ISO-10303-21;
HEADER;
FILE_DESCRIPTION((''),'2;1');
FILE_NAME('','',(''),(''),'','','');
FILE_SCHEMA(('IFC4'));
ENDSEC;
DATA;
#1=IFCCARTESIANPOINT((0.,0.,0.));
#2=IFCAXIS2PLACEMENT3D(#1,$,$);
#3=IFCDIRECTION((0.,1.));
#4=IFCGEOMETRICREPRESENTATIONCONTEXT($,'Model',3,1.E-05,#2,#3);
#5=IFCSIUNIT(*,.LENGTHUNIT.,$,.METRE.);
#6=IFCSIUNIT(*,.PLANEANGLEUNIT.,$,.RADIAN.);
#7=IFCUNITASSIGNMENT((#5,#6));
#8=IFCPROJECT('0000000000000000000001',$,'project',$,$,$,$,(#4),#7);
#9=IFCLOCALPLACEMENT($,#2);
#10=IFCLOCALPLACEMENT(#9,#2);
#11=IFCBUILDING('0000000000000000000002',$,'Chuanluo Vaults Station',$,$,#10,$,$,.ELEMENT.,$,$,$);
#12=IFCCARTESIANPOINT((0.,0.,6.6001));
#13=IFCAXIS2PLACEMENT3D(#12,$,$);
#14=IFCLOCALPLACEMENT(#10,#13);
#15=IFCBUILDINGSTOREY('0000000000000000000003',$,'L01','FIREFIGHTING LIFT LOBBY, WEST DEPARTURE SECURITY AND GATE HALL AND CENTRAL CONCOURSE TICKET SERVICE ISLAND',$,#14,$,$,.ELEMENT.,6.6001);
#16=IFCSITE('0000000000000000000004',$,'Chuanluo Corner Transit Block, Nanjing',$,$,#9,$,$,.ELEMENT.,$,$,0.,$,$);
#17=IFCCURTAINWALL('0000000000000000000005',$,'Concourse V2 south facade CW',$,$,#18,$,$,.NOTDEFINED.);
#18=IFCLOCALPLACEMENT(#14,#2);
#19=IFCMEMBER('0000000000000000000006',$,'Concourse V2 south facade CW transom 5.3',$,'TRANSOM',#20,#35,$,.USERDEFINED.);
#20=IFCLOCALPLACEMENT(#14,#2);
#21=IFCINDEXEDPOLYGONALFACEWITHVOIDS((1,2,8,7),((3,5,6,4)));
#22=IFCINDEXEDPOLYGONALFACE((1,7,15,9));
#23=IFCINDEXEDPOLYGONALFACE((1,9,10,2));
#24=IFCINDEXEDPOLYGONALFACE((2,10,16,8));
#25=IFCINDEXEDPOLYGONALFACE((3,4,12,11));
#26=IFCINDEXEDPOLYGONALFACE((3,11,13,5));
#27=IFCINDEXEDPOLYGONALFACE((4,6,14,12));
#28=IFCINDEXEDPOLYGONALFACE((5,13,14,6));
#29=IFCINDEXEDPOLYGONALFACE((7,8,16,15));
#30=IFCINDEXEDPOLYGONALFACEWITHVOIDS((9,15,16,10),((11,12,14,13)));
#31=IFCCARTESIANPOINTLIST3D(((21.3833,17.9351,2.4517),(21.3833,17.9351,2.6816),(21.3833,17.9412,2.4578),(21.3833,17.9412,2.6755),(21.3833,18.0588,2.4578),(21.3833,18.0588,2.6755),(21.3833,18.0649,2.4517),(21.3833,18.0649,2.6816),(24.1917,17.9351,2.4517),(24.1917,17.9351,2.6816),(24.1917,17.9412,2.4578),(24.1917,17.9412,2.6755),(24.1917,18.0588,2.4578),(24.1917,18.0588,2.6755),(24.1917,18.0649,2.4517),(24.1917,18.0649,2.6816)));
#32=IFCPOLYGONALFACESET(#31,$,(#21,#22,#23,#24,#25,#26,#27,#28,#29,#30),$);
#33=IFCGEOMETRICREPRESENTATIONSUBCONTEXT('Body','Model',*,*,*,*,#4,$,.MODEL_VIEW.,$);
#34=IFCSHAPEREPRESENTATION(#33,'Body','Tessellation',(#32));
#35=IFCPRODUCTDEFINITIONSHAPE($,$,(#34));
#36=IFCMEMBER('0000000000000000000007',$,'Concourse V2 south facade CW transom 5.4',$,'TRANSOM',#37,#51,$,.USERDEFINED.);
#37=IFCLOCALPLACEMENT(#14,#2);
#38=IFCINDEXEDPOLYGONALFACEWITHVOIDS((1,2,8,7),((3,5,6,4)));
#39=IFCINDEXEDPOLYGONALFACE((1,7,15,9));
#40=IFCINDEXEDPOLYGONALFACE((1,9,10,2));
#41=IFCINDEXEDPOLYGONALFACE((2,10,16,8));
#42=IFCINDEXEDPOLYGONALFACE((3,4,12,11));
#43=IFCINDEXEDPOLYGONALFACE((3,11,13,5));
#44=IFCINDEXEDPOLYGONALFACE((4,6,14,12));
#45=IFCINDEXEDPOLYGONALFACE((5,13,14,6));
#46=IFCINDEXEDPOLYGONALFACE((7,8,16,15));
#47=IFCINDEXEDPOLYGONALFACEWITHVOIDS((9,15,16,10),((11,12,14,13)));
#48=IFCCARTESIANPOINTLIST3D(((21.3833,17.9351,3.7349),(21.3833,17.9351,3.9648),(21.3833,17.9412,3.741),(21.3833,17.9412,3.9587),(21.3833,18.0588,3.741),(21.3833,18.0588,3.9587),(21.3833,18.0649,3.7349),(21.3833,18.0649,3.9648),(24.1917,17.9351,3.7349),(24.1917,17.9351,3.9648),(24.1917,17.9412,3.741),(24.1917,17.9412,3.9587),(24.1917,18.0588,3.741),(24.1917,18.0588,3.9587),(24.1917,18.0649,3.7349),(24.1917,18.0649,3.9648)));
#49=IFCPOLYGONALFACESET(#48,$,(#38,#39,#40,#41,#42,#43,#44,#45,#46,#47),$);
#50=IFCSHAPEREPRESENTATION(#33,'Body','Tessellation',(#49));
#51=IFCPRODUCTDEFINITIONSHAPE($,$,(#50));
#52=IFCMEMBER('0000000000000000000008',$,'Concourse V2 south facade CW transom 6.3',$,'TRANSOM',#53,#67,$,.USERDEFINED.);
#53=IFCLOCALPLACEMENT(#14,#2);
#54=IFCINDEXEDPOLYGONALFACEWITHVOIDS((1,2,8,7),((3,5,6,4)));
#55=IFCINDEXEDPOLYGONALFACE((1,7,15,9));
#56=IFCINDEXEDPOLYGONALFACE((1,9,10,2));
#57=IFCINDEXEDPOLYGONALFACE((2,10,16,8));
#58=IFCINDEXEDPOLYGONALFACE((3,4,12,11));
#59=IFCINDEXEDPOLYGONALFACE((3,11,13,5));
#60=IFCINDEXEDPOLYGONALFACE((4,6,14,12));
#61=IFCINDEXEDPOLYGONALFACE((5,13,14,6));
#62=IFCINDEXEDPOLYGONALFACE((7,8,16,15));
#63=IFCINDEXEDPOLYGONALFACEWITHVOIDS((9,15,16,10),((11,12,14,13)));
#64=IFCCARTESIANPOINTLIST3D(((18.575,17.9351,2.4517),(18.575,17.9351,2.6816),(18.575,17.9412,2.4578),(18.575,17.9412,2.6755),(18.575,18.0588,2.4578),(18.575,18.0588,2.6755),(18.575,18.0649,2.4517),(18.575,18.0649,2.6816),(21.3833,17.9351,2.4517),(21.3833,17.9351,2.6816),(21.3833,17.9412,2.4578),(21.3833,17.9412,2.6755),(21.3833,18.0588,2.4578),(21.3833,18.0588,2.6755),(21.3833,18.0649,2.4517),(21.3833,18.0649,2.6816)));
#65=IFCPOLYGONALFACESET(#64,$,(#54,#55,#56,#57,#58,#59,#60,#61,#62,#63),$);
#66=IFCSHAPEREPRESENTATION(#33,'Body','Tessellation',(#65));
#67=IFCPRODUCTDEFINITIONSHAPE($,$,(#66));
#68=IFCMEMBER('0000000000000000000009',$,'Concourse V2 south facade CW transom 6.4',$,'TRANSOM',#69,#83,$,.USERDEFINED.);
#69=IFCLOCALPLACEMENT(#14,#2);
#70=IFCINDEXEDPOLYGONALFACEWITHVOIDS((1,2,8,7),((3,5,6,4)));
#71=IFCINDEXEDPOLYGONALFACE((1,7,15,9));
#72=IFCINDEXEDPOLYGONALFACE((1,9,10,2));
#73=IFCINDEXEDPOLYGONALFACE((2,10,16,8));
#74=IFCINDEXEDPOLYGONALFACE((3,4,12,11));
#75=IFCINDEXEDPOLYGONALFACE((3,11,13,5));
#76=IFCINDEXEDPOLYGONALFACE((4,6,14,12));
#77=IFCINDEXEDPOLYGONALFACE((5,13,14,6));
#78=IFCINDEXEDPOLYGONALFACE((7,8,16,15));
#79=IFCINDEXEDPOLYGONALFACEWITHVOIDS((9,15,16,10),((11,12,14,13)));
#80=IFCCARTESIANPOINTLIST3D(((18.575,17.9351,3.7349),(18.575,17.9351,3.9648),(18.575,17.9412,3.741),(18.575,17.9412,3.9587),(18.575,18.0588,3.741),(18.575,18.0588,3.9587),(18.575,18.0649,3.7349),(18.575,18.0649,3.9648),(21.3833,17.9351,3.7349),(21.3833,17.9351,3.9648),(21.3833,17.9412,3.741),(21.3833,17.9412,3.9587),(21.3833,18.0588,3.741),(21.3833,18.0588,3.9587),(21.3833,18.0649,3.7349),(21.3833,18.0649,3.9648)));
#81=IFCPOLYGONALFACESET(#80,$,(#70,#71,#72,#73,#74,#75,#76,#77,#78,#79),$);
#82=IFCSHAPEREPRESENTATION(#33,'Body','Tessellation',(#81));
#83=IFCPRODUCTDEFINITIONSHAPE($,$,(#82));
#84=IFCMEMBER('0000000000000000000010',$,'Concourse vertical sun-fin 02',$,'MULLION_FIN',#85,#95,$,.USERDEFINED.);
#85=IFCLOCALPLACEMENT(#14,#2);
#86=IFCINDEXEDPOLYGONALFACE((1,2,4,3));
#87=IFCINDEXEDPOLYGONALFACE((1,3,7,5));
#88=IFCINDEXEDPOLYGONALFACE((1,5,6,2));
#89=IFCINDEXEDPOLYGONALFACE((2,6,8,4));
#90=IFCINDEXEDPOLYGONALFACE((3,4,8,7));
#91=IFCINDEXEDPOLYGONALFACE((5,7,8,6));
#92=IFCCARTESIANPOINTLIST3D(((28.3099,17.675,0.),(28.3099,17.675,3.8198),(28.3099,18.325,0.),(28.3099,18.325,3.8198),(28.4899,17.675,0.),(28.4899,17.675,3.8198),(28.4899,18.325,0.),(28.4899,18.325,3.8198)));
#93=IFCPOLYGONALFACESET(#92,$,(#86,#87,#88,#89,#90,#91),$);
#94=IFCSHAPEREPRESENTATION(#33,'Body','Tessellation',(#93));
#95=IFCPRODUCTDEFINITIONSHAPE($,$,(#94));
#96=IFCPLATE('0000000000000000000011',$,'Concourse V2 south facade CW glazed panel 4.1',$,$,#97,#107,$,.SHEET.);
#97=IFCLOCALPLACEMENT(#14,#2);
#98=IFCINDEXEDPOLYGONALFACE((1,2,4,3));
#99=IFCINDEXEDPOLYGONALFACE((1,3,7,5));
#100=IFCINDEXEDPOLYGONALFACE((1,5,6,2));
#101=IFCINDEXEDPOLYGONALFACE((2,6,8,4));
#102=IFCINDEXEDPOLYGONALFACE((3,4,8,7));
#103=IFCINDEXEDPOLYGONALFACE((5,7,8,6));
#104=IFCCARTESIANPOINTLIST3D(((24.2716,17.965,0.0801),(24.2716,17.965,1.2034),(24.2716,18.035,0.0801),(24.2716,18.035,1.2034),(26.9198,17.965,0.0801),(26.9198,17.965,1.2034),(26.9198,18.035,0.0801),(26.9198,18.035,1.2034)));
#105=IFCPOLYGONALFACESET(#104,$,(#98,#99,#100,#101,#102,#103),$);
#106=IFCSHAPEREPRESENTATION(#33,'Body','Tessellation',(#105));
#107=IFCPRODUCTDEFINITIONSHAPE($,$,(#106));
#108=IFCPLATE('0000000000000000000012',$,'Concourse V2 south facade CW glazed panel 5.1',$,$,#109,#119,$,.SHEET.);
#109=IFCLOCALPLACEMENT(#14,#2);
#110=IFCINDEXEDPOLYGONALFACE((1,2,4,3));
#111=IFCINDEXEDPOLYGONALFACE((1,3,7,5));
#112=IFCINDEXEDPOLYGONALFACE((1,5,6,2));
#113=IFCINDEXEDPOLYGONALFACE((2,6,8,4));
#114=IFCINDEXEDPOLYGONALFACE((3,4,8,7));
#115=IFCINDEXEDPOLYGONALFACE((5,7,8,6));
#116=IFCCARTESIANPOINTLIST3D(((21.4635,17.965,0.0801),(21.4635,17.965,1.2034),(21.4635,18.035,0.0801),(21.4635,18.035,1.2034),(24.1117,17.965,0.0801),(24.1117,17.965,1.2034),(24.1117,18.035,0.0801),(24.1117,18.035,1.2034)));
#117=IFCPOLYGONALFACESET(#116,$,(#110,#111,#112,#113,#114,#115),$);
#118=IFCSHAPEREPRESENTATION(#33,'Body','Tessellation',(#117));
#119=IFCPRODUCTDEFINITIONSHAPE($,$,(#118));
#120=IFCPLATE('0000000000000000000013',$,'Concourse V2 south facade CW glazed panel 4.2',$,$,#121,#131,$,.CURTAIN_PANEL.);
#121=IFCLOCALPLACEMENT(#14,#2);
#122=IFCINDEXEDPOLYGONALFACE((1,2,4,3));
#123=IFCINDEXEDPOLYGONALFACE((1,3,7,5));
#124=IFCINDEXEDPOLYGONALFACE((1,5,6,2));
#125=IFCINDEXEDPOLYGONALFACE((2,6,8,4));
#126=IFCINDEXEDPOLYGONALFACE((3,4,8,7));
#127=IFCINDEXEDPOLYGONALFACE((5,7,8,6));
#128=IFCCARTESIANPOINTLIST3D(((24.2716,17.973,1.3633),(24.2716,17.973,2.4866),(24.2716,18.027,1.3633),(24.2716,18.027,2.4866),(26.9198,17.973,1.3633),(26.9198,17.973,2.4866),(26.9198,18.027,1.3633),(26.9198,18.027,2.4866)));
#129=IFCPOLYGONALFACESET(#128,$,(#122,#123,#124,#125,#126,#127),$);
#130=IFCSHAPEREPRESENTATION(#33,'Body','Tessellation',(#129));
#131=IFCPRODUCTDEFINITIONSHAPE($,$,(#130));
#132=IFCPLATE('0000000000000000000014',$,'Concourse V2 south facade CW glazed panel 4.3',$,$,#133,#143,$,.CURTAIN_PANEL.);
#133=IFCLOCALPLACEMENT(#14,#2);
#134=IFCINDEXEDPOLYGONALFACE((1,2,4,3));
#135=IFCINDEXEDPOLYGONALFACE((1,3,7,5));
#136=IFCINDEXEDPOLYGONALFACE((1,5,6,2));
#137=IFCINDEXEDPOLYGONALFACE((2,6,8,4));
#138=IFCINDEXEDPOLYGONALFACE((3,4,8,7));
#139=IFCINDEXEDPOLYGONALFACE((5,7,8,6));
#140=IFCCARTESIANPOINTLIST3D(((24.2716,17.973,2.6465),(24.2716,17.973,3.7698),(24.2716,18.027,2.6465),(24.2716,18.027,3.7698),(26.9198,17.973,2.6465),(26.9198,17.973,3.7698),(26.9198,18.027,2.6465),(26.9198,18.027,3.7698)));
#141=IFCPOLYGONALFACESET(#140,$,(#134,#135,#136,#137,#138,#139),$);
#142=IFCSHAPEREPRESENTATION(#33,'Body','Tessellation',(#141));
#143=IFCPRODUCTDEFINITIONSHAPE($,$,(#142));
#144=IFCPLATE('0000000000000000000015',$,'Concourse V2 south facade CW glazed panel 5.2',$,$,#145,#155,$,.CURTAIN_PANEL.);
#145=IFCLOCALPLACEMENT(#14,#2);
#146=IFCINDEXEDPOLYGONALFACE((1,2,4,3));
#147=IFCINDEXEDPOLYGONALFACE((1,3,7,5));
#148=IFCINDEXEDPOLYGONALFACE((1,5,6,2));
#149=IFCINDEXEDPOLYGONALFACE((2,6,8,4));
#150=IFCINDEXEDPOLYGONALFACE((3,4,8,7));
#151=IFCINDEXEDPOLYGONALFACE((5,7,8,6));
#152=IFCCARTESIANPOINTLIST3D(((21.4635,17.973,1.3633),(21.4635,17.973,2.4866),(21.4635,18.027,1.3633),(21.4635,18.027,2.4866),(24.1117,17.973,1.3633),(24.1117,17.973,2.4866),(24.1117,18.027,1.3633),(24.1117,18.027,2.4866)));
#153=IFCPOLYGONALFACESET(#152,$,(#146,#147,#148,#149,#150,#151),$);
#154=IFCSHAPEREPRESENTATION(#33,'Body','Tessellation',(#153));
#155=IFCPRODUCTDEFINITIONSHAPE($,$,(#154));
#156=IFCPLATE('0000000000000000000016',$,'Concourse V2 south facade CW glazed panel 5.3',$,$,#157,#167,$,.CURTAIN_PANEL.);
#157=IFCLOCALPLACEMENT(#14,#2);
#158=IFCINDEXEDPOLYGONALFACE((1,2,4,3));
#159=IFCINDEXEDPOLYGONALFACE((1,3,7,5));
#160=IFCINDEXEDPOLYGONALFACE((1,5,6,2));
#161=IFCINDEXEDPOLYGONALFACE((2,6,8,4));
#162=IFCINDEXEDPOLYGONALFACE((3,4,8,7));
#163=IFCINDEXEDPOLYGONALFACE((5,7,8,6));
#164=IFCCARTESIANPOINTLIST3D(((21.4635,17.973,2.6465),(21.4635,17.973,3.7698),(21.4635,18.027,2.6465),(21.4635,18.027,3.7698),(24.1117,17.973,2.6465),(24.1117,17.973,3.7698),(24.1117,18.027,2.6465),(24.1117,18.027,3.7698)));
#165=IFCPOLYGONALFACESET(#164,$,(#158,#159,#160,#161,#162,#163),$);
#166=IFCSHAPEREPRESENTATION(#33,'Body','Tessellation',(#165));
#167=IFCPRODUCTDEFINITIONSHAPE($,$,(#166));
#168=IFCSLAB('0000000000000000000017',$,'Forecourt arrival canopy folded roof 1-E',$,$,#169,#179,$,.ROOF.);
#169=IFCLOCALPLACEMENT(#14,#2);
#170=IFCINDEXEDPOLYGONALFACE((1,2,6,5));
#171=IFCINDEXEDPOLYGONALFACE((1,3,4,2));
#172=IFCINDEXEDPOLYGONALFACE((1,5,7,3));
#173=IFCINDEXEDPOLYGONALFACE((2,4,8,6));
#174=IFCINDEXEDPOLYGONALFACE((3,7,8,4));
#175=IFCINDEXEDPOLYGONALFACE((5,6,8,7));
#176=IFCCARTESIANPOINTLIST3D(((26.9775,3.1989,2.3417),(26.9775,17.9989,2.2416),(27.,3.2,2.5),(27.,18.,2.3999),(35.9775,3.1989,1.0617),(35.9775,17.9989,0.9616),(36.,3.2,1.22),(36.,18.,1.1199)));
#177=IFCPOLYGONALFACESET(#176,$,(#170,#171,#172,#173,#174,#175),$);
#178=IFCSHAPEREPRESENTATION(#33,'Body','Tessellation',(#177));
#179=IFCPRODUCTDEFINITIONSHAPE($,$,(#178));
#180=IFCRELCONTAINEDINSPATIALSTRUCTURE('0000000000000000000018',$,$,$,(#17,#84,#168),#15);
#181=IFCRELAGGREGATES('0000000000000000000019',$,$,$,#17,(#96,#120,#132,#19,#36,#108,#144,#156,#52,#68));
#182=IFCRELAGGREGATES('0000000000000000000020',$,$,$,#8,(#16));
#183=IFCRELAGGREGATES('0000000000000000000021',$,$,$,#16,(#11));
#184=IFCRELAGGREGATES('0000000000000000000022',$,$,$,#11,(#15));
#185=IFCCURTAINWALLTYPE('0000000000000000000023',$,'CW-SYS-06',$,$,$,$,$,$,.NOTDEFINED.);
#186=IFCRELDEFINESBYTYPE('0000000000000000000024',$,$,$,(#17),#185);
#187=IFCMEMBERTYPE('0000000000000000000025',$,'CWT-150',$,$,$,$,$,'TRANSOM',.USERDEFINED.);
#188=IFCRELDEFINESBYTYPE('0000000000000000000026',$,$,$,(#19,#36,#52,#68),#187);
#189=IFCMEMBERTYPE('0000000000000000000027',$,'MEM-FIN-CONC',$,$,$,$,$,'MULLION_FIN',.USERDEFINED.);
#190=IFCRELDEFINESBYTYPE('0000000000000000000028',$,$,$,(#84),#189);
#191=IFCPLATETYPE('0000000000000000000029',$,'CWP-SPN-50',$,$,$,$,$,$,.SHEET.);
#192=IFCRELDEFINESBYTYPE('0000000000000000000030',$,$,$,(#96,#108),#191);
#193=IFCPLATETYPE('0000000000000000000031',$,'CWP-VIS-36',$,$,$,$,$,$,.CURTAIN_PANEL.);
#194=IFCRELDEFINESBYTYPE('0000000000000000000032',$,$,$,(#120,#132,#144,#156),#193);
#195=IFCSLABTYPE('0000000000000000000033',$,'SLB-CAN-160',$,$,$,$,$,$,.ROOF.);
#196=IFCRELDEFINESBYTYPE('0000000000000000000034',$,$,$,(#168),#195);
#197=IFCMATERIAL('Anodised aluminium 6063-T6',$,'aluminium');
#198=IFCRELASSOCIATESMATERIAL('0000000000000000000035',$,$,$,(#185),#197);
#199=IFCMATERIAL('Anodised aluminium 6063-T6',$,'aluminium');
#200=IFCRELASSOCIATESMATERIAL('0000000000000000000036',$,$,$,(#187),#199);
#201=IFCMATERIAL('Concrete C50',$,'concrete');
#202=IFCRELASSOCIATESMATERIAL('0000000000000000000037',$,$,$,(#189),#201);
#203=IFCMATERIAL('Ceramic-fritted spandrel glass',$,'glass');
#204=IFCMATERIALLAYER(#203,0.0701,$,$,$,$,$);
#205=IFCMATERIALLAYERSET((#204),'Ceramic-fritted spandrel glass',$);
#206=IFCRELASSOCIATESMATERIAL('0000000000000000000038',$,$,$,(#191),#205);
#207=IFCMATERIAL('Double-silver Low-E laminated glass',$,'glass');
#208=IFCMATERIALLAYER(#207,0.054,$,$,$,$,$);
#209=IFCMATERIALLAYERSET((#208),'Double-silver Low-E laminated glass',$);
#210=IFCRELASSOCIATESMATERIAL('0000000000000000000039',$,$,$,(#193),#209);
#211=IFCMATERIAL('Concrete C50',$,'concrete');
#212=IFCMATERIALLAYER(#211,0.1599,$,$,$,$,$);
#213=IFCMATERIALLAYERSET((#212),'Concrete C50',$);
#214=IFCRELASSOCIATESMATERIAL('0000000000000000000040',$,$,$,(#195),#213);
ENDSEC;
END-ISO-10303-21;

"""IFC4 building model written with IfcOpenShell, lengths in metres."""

from ifc_helpers import new_model, si_unit, direction, frame, origin, origin_2d, place, context, subcontext, project, spatial, polyline, rectangle, hollow_rectangle, outline, extrude, material, layer, layer_set, material_profile, profile_set, type_object, element, aggregate, save


model = new_model("IFC4")

# Units and contexts
model_context = context("Model", 3, precision=1e-05, world=origin(), true_north=direction((0.0, 1.0)))
body_context = subcontext(model_context, "Body", "Model", "MODEL_VIEW")
ifc_project = project(units=[si_unit("LENGTHUNIT", "METRE"), si_unit("PLANEANGLEUNIT", "RADIAN")], contexts=[model_context])

# Site, building, storey
site_placement = place(None, origin())
site = spatial("IfcSite", under=ifc_project, at=site_placement, Name="Chuanluo Corner Transit Block, Nanjing", CompositionType="ELEMENT", RefElevation=0.0)
building_placement = place(site_placement, origin())
building = spatial("IfcBuilding", under=site, at=building_placement, Name="Chuanluo Vaults Station", CompositionType="ELEMENT")
storey_placement = place(building_placement, frame((0.0, 0.0, 6.6001)))
storey = spatial("IfcBuildingStorey", under=building, at=storey_placement, Name="L01", Description="FIREFIGHTING LIFT LOBBY, WEST DEPARTURE SECURITY AND GATE HALL AND CENTRAL CONCOURSE TICKET SERVICE ISLAND", CompositionType="ELEMENT", Elevation=6.6001)

# Curtain wall, members
ifc_material_1 = material(Name="Anodised aluminium 6063-T6", Category="aluminium")
curtain_wall_type = type_object("IfcCurtainWallType", Name="CW-SYS-06", PredefinedType="NOTDEFINED", material=ifc_material_1)
curtain_wall_placement = place(storey_placement, origin())
curtain_wall = element("IfcCurtainWall", 1, at=curtain_wall_placement, inside=storey, type_object=curtain_wall_type, Name="Concourse V2 south facade CW", PredefinedType="NOTDEFINED")
ifc_material_2 = material(Name="Anodised aluminium 6063-T6", Category="aluminium")
ifc_material_profile_1 = material_profile(ifc_material_2, hollow_rectangle(XDim=0.1299, YDim=0.23, WallThickness=0.0061, at=origin_2d()))
ifc_profile_set_1 = profile_set([ifc_material_profile_1], Name="Anodised aluminium 6063-T6")
member_type_1 = type_object("IfcMemberType", Name="CWT-150", ElementType="TRANSOM", PredefinedType="USERDEFINED", material=ifc_profile_set_1)
member_1_placement = place(storey_placement, frame((24.1917, 18.0, 2.5667), z_axis=(-1.0, 0.0, 0.0), x_axis=(0.0, -1.0, 0.0)))
member_1 = element("IfcMember", 2, at=member_1_placement, type_object=member_type_1, Name="Concourse V2 south facade CW transom 5.3", ObjectType="TRANSOM", PredefinedType="USERDEFINED", context=body_context, shape_type="SweptSolid", body=[
    extrude(hollow_rectangle(XDim=0.1299, YDim=0.23, WallThickness=0.0061, at=origin_2d()), origin(), (0.0, 0.0, 1.0), 2.8083),
])
member_2_placement = place(storey_placement, frame((24.1917, 18.0, 3.8499), z_axis=(-1.0, 0.0, 0.0), x_axis=(0.0, -1.0, 0.0)))
member_2 = element("IfcMember", 3, at=member_2_placement, type_object=member_type_1, Name="Concourse V2 south facade CW transom 5.4", ObjectType="TRANSOM", PredefinedType="USERDEFINED", context=body_context, shape_type="SweptSolid", body=[
    extrude(hollow_rectangle(XDim=0.1299, YDim=0.23, WallThickness=0.0061, at=origin_2d()), origin(), (0.0, 0.0, 1.0), 2.8083),
])
member_3_placement = place(storey_placement, frame((21.3833, 18.0, 2.5667), z_axis=(-1.0, 0.0, 0.0), x_axis=(0.0, -1.0, 0.0)))
member_3 = element("IfcMember", 4, at=member_3_placement, type_object=member_type_1, Name="Concourse V2 south facade CW transom 6.3", ObjectType="TRANSOM", PredefinedType="USERDEFINED", context=body_context, shape_type="SweptSolid", body=[
    extrude(hollow_rectangle(XDim=0.1299, YDim=0.23, WallThickness=0.0061, at=origin_2d()), origin(), (0.0, 0.0, 1.0), 2.8083),
])
member_4_placement = place(storey_placement, frame((21.3833, 18.0, 3.8499), z_axis=(-1.0, 0.0, 0.0), x_axis=(0.0, -1.0, 0.0)))
member_4 = element("IfcMember", 5, at=member_4_placement, type_object=member_type_1, Name="Concourse V2 south facade CW transom 6.4", ObjectType="TRANSOM", PredefinedType="USERDEFINED", context=body_context, shape_type="SweptSolid", body=[
    extrude(hollow_rectangle(XDim=0.1299, YDim=0.23, WallThickness=0.0061, at=origin_2d()), origin(), (0.0, 0.0, 1.0), 2.8083),
])

# Member
ifc_material_3 = material(Name="Concrete C50", Category="concrete")
ifc_material_profile_2 = material_profile(ifc_material_3, rectangle(XDim=0.1799, YDim=0.6499, at=origin_2d()))
ifc_profile_set_2 = profile_set([ifc_material_profile_2], Name="Concrete C50")
member_type_2 = type_object("IfcMemberType", Name="MEM-FIN-CONC", ElementType="MULLION_FIN", PredefinedType="USERDEFINED", material=ifc_profile_set_2)
member_5_placement = place(storey_placement, frame((28.3999, 18.0, 0.0), z_axis=(0.0, 0.0, 1.0), x_axis=(1.0, 0.0, 0.0)))
element("IfcMember", 6, at=member_5_placement, inside=storey, type_object=member_type_2, Name="Concourse vertical sun-fin 02", ObjectType="MULLION_FIN", PredefinedType="USERDEFINED", context=body_context, shape_type="SweptSolid", body=[
    extrude(rectangle(XDim=0.1799, YDim=0.6499, at=origin_2d()), origin(), (0.0, 0.0, 1.0), 3.8198),
])

# Plates
ifc_material_4 = material(Name="Ceramic-fritted spandrel glass", Category="glass")
ifc_layer_1 = layer(ifc_material_4, 0.0701)
ifc_layer_set_1 = layer_set([ifc_layer_1], Name="Ceramic-fritted spandrel glass")
plate_type_1 = type_object("IfcPlateType", Name="CWP-SPN-50", PredefinedType="SHEET", material=ifc_layer_set_1)
plate_1_placement = place(storey_placement, frame((25.5957, 18.0, 0.0801), z_axis=(0.0, 0.0, 1.0), x_axis=(-1.0, 0.0, 0.0)))
plate_1 = element("IfcPlate", 7, at=plate_1_placement, type_object=plate_type_1, Name="Concourse V2 south facade CW glazed panel 4.1", PredefinedType="SHEET", context=body_context, shape_type="SweptSolid", body=[
    extrude(rectangle(XDim=2.6482, YDim=0.0701, at=origin_2d()), origin(), (0.0, 0.0, 1.0), 1.1233),
])
plate_2_placement = place(storey_placement, frame((22.7876, 18.0, 0.0801), z_axis=(0.0, 0.0, 1.0), x_axis=(-1.0, 0.0, 0.0)))
plate_2 = element("IfcPlate", 8, at=plate_2_placement, type_object=plate_type_1, Name="Concourse V2 south facade CW glazed panel 5.1", PredefinedType="SHEET", context=body_context, shape_type="SweptSolid", body=[
    extrude(rectangle(XDim=2.6482, YDim=0.0701, at=origin_2d()), origin(), (0.0, 0.0, 1.0), 1.1233),
])
ifc_material_5 = material(Name="Double-silver Low-E laminated glass", Category="glass")
ifc_layer_2 = layer(ifc_material_5, 0.054)
ifc_layer_set_2 = layer_set([ifc_layer_2], Name="Double-silver Low-E laminated glass")
plate_type_2 = type_object("IfcPlateType", Name="CWP-VIS-36", PredefinedType="CURTAIN_PANEL", material=ifc_layer_set_2)
plate_3_placement = place(storey_placement, frame((25.5957, 18.0, 1.3633), z_axis=(0.0, 0.0, 1.0), x_axis=(-1.0, 0.0, 0.0)))
plate_3 = element("IfcPlate", 9, at=plate_3_placement, type_object=plate_type_2, Name="Concourse V2 south facade CW glazed panel 4.2", PredefinedType="CURTAIN_PANEL", context=body_context, shape_type="SweptSolid", body=[
    extrude(rectangle(XDim=2.6482, YDim=0.054, at=origin_2d()), origin(), (0.0, 0.0, 1.0), 1.1233),
])
plate_4_placement = place(storey_placement, frame((25.5957, 18.0, 2.6465), z_axis=(0.0, 0.0, 1.0), x_axis=(-1.0, 0.0, 0.0)))
plate_4 = element("IfcPlate", 10, at=plate_4_placement, type_object=plate_type_2, Name="Concourse V2 south facade CW glazed panel 4.3", PredefinedType="CURTAIN_PANEL", context=body_context, shape_type="SweptSolid", body=[
    extrude(rectangle(XDim=2.6482, YDim=0.054, at=origin_2d()), origin(), (0.0, 0.0, 1.0), 1.1233),
])
plate_5_placement = place(storey_placement, frame((22.7876, 18.0, 1.3633), z_axis=(0.0, 0.0, 1.0), x_axis=(-1.0, 0.0, 0.0)))
plate_5 = element("IfcPlate", 11, at=plate_5_placement, type_object=plate_type_2, Name="Concourse V2 south facade CW glazed panel 5.2", PredefinedType="CURTAIN_PANEL", context=body_context, shape_type="SweptSolid", body=[
    extrude(rectangle(XDim=2.6482, YDim=0.054, at=origin_2d()), origin(), (0.0, 0.0, 1.0), 1.1233),
])
plate_6_placement = place(storey_placement, frame((22.7876, 18.0, 2.6465), z_axis=(0.0, 0.0, 1.0), x_axis=(-1.0, 0.0, 0.0)))
plate_6 = element("IfcPlate", 12, at=plate_6_placement, type_object=plate_type_2, Name="Concourse V2 south facade CW glazed panel 5.3", PredefinedType="CURTAIN_PANEL", context=body_context, shape_type="SweptSolid", body=[
    extrude(rectangle(XDim=2.6482, YDim=0.054, at=origin_2d()), origin(), (0.0, 0.0, 1.0), 1.1233),
])
aggregate(curtain_wall, [plate_1, plate_3, plate_4, member_1, member_2, plate_2, plate_5, plate_6, member_3, member_4])

# Slab
ifc_material_6 = material(Name="Concrete C50", Category="concrete")
ifc_layer_3 = layer(ifc_material_6, 0.1599)
ifc_layer_set_3 = layer_set([ifc_layer_3], Name="Concrete C50")
slab_type = type_object("IfcSlabType", Name="SLB-CAN-160", PredefinedType="ROOF", material=ifc_layer_set_3)
slab_placement = place(storey_placement, frame((27.0, 3.2, 2.5), z_axis=(0.140805, 0.006696, 0.990015), x_axis=(0.990037, 0.0, -0.140808)))
element("IfcSlab", 13, at=slab_placement, inside=storey, type_object=slab_type, Name="Forecourt arrival canopy folded roof 1-E", PredefinedType="ROOF", context=body_context, shape_type="SweptSolid", body=[
    extrude(outline(polyline([(0.0, 0.0), (9.0906, 0.0), (9.1047, 14.8004), (0.0141, 14.8004), (0.0, 0.0)])), origin(), (0.0, 0.0, -1.0), 0.1599),
])

save(model, "model.ifc")
